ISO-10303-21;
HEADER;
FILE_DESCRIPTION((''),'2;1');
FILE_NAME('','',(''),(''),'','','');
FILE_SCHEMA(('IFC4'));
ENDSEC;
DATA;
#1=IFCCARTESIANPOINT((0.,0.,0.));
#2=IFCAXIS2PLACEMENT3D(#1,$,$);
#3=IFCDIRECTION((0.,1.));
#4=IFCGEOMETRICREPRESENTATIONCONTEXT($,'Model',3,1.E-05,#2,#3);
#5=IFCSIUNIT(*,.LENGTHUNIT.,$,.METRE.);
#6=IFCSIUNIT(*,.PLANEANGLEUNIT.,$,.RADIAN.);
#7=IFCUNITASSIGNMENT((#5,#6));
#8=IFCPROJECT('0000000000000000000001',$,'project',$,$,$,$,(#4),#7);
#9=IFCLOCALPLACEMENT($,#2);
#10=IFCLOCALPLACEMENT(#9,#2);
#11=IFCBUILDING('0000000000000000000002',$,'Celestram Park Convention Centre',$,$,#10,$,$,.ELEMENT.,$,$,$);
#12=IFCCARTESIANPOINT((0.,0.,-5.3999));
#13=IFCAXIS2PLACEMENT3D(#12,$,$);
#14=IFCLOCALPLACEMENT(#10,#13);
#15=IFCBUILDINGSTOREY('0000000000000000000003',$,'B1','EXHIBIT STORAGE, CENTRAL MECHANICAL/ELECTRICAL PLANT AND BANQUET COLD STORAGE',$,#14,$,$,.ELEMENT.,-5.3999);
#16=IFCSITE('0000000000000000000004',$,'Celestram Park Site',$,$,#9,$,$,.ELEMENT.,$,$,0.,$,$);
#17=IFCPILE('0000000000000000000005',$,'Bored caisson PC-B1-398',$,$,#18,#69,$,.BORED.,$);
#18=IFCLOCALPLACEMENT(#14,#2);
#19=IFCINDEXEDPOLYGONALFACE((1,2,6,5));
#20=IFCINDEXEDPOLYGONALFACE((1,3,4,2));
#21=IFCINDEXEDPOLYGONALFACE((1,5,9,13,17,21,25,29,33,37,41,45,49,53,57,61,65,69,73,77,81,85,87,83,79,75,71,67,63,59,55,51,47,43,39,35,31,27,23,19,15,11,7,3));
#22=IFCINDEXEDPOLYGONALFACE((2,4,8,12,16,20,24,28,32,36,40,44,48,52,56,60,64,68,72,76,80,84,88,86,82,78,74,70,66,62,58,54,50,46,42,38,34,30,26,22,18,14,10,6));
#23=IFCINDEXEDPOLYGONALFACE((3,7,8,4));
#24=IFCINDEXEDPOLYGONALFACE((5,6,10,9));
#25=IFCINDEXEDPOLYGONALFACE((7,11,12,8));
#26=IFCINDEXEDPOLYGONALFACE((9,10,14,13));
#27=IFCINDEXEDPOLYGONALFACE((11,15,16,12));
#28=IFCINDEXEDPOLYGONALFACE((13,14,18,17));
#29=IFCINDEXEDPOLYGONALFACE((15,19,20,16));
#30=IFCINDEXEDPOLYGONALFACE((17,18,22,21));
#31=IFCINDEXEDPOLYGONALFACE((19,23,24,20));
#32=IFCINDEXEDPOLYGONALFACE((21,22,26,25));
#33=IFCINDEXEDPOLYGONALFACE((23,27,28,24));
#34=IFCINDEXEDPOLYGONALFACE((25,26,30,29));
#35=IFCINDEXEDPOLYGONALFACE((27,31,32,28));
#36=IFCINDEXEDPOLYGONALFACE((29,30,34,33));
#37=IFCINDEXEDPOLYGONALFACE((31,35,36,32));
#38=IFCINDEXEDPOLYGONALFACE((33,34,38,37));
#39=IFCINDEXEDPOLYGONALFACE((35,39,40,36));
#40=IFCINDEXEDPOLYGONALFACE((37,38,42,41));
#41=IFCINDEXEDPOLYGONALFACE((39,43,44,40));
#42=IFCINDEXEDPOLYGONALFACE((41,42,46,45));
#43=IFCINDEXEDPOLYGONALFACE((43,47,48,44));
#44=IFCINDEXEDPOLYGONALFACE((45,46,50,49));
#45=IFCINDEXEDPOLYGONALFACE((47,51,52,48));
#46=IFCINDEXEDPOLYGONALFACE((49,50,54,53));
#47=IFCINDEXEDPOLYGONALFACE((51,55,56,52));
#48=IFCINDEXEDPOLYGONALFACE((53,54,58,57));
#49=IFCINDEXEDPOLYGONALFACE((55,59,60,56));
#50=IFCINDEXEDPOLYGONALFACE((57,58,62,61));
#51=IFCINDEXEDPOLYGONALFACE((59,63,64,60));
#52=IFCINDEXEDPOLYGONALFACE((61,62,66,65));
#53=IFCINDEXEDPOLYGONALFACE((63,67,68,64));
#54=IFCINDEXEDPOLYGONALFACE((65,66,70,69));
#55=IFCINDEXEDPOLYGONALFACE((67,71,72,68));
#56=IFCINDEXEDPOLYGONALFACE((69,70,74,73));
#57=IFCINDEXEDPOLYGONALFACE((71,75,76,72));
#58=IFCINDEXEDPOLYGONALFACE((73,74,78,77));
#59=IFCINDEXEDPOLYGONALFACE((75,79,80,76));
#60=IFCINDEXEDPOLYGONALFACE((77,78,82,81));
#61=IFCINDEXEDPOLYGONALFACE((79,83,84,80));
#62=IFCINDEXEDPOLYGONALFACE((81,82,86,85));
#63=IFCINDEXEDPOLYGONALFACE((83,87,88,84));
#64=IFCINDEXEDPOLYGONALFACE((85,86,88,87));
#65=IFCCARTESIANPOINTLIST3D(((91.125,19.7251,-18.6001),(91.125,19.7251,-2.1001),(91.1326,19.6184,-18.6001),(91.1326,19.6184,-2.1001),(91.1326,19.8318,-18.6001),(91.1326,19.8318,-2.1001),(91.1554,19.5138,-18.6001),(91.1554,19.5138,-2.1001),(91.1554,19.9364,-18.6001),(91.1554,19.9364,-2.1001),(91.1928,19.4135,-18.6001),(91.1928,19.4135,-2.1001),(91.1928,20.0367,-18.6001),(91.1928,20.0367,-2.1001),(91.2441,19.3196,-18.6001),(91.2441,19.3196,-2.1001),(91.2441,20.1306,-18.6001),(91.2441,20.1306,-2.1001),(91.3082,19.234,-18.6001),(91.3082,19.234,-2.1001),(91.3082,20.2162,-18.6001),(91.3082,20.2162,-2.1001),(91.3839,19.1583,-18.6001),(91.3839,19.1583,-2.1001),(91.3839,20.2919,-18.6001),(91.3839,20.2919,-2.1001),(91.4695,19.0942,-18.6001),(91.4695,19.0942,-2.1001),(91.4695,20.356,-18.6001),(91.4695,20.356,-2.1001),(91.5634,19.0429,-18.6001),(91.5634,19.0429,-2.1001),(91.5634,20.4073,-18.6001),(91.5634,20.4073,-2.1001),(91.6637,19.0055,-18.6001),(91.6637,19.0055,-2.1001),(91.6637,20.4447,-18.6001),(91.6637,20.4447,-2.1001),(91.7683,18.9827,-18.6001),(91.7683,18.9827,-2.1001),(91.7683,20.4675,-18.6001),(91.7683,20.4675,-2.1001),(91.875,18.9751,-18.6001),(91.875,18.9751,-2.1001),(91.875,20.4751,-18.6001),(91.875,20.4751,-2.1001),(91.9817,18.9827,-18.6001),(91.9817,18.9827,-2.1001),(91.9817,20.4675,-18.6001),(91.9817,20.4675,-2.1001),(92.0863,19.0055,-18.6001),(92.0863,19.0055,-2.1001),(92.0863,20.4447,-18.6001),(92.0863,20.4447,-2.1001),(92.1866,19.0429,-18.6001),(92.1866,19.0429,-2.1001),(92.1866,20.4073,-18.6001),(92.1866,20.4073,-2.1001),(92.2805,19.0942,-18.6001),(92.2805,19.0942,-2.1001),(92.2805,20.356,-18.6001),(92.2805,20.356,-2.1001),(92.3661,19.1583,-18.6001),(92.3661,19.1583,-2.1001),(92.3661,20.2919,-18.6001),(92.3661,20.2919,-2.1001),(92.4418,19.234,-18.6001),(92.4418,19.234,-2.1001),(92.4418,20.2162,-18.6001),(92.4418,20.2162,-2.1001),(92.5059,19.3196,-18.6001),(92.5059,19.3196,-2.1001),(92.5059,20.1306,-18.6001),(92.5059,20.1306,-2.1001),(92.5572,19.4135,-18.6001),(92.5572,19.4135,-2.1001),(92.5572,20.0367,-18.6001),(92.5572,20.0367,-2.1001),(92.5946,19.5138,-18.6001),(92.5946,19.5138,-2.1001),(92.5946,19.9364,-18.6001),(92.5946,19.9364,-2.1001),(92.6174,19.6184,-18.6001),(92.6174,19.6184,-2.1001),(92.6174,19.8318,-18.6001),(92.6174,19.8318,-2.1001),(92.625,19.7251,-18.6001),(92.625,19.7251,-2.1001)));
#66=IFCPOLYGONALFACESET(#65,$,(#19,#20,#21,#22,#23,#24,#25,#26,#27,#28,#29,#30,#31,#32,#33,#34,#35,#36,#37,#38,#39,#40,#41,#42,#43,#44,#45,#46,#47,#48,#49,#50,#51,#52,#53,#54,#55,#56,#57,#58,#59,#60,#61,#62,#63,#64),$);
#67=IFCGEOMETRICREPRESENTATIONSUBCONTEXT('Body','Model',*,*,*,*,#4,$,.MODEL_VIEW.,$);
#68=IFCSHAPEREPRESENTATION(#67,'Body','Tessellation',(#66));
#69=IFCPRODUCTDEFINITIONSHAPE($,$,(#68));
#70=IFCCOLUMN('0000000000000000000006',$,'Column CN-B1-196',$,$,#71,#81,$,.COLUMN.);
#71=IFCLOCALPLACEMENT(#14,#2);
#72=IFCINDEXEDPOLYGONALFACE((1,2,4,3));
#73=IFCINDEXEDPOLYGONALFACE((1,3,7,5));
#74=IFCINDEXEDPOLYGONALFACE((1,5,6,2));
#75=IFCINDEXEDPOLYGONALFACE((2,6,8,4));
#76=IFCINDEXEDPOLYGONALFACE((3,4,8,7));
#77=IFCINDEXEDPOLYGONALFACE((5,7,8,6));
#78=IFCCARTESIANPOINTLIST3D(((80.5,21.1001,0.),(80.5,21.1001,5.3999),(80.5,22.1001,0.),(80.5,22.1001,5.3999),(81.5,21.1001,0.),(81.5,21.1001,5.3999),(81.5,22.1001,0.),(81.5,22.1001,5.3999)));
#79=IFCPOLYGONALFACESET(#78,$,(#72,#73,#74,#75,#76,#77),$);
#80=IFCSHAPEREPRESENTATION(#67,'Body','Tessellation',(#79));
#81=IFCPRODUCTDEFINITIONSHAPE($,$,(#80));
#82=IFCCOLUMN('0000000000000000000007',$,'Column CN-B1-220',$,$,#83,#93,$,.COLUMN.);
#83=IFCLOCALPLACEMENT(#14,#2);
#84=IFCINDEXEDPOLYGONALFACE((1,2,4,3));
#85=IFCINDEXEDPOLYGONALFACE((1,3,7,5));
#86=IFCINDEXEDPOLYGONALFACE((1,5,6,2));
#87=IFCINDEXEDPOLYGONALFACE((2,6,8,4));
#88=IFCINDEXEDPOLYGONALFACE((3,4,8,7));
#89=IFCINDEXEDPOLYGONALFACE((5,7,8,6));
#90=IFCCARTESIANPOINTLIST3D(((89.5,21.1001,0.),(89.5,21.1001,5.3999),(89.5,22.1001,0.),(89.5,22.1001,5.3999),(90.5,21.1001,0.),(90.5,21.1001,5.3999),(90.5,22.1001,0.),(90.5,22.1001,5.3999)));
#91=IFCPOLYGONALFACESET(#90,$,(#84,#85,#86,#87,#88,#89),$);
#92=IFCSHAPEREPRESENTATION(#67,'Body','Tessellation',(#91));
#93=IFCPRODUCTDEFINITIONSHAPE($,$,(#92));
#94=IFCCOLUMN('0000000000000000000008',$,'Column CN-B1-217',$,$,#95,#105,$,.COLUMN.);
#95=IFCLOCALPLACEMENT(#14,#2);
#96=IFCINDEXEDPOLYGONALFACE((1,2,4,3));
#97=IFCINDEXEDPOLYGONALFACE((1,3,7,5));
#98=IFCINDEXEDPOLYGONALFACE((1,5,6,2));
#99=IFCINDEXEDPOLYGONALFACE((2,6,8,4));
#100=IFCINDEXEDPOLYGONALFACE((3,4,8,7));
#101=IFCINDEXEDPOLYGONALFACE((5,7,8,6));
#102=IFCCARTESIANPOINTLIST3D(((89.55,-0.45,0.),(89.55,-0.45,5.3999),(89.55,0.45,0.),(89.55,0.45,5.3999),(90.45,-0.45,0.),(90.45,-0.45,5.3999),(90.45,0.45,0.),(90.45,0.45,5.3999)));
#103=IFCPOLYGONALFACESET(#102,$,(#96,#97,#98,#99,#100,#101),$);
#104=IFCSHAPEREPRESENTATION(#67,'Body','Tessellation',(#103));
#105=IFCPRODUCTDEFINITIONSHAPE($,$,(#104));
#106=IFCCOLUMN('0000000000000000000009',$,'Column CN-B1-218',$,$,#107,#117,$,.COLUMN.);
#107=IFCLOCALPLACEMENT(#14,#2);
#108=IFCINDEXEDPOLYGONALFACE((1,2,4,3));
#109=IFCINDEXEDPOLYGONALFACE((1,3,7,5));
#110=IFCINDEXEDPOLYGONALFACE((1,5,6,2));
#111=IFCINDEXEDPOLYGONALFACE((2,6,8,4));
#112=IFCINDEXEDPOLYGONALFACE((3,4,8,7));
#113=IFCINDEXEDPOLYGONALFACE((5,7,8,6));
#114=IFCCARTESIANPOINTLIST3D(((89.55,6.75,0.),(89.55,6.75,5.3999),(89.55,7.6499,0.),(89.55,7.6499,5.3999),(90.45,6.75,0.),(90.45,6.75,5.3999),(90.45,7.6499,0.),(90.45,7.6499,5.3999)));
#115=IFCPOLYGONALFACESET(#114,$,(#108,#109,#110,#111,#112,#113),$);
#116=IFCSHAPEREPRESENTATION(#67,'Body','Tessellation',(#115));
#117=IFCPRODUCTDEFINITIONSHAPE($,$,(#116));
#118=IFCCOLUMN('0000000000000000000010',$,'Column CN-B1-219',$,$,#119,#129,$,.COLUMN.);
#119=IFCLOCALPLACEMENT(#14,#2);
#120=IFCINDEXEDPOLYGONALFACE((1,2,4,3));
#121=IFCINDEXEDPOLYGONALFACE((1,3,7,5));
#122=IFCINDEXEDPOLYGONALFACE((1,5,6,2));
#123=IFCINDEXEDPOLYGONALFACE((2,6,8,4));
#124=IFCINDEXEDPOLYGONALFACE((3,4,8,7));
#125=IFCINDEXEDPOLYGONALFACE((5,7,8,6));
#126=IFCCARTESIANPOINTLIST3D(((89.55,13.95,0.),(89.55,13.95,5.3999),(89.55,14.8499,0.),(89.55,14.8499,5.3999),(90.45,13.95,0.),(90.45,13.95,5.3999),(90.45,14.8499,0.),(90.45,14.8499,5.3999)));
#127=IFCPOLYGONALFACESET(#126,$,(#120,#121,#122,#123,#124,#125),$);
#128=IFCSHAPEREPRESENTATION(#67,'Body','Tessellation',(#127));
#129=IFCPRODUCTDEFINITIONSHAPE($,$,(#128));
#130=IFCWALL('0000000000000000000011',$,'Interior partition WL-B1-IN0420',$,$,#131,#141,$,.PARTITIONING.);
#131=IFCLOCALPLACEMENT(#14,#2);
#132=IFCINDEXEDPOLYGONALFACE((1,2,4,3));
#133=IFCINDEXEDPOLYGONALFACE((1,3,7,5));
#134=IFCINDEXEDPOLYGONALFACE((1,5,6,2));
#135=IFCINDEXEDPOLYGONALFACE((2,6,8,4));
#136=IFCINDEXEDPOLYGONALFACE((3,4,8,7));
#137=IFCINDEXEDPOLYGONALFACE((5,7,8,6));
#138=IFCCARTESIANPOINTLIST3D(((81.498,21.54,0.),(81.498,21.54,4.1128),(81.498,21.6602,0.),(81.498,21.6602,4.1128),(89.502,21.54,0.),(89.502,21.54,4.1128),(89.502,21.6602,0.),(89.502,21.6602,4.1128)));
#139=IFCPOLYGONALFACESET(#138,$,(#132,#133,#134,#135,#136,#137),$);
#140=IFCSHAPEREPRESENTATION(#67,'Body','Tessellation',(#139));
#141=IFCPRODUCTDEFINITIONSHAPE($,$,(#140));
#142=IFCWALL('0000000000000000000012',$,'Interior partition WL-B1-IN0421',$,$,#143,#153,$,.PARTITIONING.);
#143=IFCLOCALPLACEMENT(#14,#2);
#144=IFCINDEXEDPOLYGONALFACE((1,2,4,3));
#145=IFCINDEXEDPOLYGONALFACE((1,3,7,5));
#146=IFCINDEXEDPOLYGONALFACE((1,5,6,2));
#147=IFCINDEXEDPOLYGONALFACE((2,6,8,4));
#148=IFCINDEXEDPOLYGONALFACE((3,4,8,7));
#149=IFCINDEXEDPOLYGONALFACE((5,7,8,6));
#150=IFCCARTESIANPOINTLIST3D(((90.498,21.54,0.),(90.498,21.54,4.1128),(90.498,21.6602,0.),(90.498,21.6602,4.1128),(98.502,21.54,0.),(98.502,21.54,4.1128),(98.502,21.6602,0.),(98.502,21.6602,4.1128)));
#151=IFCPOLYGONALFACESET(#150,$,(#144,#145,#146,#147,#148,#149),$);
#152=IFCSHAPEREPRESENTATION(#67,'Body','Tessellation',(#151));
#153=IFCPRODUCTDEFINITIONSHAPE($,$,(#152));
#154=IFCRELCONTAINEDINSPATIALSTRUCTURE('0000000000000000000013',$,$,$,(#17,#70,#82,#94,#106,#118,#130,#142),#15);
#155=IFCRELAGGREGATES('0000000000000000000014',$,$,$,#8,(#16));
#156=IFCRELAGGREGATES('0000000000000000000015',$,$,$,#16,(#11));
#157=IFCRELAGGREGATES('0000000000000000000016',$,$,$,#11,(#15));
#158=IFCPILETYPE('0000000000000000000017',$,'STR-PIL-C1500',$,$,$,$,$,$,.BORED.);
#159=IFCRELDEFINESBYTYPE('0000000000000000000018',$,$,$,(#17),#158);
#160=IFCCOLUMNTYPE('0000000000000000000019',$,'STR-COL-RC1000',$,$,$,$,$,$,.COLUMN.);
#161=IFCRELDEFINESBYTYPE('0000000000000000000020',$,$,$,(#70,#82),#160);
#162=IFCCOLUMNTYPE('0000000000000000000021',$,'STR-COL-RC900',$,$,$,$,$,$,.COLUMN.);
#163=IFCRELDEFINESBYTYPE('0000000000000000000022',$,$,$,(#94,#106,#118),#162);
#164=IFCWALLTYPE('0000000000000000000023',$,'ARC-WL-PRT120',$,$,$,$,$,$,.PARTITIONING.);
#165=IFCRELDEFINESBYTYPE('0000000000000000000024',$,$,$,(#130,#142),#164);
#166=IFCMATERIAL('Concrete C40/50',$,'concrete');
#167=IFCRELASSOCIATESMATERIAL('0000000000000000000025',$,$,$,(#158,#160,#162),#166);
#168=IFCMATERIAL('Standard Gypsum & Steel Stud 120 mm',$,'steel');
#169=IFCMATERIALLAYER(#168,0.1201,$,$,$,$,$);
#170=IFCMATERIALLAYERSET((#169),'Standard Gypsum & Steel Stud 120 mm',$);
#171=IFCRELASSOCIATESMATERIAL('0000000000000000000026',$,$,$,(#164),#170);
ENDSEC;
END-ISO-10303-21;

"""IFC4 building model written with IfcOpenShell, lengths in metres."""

from ifc_helpers import new_model, si_unit, direction, frame, frame_2d, origin, origin_2d, place, context, subcontext, project, spatial, rectangle, circle, extrude, material, layer, layer_set, material_profile, profile_set, type_object, element, save


model = new_model("IFC4")

# Units and contexts
model_context = context("Model", 3, precision=1e-05, world=origin(), true_north=direction((0.0, 1.0)))
body_context = subcontext(model_context, "Body", "Model", "MODEL_VIEW")
ifc_project = project(units=[si_unit("LENGTHUNIT", "METRE"), si_unit("PLANEANGLEUNIT", "RADIAN")], contexts=[model_context])

# Site, building, storey
site_placement = place(None, origin())
site = spatial("IfcSite", under=ifc_project, at=site_placement, Name="Celestram Park Site", CompositionType="ELEMENT", RefElevation=0.0)
building_placement = place(site_placement, origin())
building = spatial("IfcBuilding", under=site, at=building_placement, Name="Celestram Park Convention Centre", CompositionType="ELEMENT")
storey_placement = place(building_placement, frame((0.0, 0.0, -5.3999)))
storey = spatial("IfcBuildingStorey", under=building, at=storey_placement, Name="B1", Description="EXHIBIT STORAGE, CENTRAL MECHANICAL/ELECTRICAL PLANT AND BANQUET COLD STORAGE", CompositionType="ELEMENT", Elevation=-5.3999)

# Shared definitions
ifc_material_1 = material(Name="Concrete C40/50", Category="concrete")

# Pile
ifc_material_profile_1 = material_profile(ifc_material_1, circle(Radius=0.75, at=origin_2d()), Name="CAISSON1500")
ifc_profile_set_1 = profile_set([ifc_material_profile_1], Name="Concrete C40/50")
pile_type_1 = type_object("IfcPileType", Name="STR-PIL-C1500", PredefinedType="BORED", material=ifc_profile_set_1)
for number, where, z_axis, x_axis, name in (
    (1, (91.875, 19.7251, -2.1001), (0.0, 0.0, -1.0), (1.0, 0.0, 0.0), "Bored caisson PC-B1-398"),
):
    element("IfcPile", number, at=place(storey_placement, frame(where, z_axis=z_axis, x_axis=x_axis)), inside=storey, type_object=pile_type_1, Name=name, PredefinedType="BORED", context=body_context, shape_type="SweptSolid", body=[
        extrude(circle(Radius=0.75, at=origin_2d()), origin(), (0.0, 0.0, 1.0), 16.5),
    ])

# Columns
ifc_material_profile_2 = material_profile(ifc_material_1, rectangle(XDim=1.0, YDim=1.0, at=origin_2d()), Name="RC1000X1000")
ifc_profile_set_2 = profile_set([ifc_material_profile_2], Name="Concrete C40/50")
column_type_1 = type_object("IfcColumnType", Name="STR-COL-RC1000", PredefinedType="COLUMN", material=ifc_profile_set_2)
for number, where, z_axis, x_axis, name in (
    (2, (81.0, 21.6001, 0.0), (0.0, 0.0, 1.0), (1.0, 0.0, 0.0), "Column CN-B1-196"),
    (3, (90.0, 21.6001, 0.0), (0.0, 0.0, 1.0), (1.0, 0.0, 0.0), "Column CN-B1-220"),
):
    element("IfcColumn", number, at=place(storey_placement, frame(where, z_axis=z_axis, x_axis=x_axis)), inside=storey, type_object=column_type_1, Name=name, PredefinedType="COLUMN", context=body_context, shape_type="SweptSolid", body=[
        extrude(rectangle(XDim=1.0, YDim=1.0, at=origin_2d()), origin(), (0.0, 0.0, 1.0), 5.3999),
    ])
ifc_material_profile_3 = material_profile(ifc_material_1, rectangle(XDim=0.8999, YDim=0.8999, at=origin_2d()), Name="RC900X900")
ifc_profile_set_3 = profile_set([ifc_material_profile_3], Name="Concrete C40/50")
column_type_2 = type_object("IfcColumnType", Name="STR-COL-RC900", PredefinedType="COLUMN", material=ifc_profile_set_3)
for number, where, z_axis, x_axis, name in (
    (4, (90.0, 0.0, 0.0), (0.0, 0.0, 1.0), (1.0, 0.0, 0.0), "Column CN-B1-217"),
    (5, (90.0, 7.2, 0.0), (0.0, 0.0, 1.0), (1.0, 0.0, 0.0), "Column CN-B1-218"),
    (6, (90.0, 14.3999, 0.0), (0.0, 0.0, 1.0), (1.0, 0.0, 0.0), "Column CN-B1-219"),
):
    element("IfcColumn", number, at=place(storey_placement, frame(where, z_axis=z_axis, x_axis=x_axis)), inside=storey, type_object=column_type_2, Name=name, PredefinedType="COLUMN", context=body_context, shape_type="SweptSolid", body=[
        extrude(rectangle(XDim=0.8999, YDim=0.8999, at=origin_2d()), origin(), (0.0, 0.0, 1.0), 5.3999),
    ])

# Walls
ifc_material_2 = material(Name="Standard Gypsum & Steel Stud 120 mm", Category="steel")
ifc_layer = layer(ifc_material_2, 0.1201)
ifc_layer_set = layer_set([ifc_layer], Name="Standard Gypsum & Steel Stud 120 mm")
wall_type = type_object("IfcWallType", Name="ARC-WL-PRT120", PredefinedType="PARTITIONING", material=ifc_layer_set)
for number, where, z_axis, x_axis, name in (
    (7, (81.498, 21.6001, 0.0), (0.0, 0.0, 1.0), (1.0, 0.0, 0.0), "Interior partition WL-B1-IN0420"),
    (8, (90.498, 21.6001, 0.0), (0.0, 0.0, 1.0), (1.0, 0.0, 0.0), "Interior partition WL-B1-IN0421"),
):
    element("IfcWall", number, at=place(storey_placement, frame(where, z_axis=z_axis, x_axis=x_axis)), inside=storey, type_object=wall_type, Name=name, PredefinedType="PARTITIONING", context=body_context, shape_type="SweptSolid", body=[
        extrude(rectangle(XDim=8.0039, YDim=0.1201, at=frame_2d((4.002, 0.0))), origin(), (0.0, 0.0, 1.0), 4.1128),
    ])

save(model, "model.ifc")
